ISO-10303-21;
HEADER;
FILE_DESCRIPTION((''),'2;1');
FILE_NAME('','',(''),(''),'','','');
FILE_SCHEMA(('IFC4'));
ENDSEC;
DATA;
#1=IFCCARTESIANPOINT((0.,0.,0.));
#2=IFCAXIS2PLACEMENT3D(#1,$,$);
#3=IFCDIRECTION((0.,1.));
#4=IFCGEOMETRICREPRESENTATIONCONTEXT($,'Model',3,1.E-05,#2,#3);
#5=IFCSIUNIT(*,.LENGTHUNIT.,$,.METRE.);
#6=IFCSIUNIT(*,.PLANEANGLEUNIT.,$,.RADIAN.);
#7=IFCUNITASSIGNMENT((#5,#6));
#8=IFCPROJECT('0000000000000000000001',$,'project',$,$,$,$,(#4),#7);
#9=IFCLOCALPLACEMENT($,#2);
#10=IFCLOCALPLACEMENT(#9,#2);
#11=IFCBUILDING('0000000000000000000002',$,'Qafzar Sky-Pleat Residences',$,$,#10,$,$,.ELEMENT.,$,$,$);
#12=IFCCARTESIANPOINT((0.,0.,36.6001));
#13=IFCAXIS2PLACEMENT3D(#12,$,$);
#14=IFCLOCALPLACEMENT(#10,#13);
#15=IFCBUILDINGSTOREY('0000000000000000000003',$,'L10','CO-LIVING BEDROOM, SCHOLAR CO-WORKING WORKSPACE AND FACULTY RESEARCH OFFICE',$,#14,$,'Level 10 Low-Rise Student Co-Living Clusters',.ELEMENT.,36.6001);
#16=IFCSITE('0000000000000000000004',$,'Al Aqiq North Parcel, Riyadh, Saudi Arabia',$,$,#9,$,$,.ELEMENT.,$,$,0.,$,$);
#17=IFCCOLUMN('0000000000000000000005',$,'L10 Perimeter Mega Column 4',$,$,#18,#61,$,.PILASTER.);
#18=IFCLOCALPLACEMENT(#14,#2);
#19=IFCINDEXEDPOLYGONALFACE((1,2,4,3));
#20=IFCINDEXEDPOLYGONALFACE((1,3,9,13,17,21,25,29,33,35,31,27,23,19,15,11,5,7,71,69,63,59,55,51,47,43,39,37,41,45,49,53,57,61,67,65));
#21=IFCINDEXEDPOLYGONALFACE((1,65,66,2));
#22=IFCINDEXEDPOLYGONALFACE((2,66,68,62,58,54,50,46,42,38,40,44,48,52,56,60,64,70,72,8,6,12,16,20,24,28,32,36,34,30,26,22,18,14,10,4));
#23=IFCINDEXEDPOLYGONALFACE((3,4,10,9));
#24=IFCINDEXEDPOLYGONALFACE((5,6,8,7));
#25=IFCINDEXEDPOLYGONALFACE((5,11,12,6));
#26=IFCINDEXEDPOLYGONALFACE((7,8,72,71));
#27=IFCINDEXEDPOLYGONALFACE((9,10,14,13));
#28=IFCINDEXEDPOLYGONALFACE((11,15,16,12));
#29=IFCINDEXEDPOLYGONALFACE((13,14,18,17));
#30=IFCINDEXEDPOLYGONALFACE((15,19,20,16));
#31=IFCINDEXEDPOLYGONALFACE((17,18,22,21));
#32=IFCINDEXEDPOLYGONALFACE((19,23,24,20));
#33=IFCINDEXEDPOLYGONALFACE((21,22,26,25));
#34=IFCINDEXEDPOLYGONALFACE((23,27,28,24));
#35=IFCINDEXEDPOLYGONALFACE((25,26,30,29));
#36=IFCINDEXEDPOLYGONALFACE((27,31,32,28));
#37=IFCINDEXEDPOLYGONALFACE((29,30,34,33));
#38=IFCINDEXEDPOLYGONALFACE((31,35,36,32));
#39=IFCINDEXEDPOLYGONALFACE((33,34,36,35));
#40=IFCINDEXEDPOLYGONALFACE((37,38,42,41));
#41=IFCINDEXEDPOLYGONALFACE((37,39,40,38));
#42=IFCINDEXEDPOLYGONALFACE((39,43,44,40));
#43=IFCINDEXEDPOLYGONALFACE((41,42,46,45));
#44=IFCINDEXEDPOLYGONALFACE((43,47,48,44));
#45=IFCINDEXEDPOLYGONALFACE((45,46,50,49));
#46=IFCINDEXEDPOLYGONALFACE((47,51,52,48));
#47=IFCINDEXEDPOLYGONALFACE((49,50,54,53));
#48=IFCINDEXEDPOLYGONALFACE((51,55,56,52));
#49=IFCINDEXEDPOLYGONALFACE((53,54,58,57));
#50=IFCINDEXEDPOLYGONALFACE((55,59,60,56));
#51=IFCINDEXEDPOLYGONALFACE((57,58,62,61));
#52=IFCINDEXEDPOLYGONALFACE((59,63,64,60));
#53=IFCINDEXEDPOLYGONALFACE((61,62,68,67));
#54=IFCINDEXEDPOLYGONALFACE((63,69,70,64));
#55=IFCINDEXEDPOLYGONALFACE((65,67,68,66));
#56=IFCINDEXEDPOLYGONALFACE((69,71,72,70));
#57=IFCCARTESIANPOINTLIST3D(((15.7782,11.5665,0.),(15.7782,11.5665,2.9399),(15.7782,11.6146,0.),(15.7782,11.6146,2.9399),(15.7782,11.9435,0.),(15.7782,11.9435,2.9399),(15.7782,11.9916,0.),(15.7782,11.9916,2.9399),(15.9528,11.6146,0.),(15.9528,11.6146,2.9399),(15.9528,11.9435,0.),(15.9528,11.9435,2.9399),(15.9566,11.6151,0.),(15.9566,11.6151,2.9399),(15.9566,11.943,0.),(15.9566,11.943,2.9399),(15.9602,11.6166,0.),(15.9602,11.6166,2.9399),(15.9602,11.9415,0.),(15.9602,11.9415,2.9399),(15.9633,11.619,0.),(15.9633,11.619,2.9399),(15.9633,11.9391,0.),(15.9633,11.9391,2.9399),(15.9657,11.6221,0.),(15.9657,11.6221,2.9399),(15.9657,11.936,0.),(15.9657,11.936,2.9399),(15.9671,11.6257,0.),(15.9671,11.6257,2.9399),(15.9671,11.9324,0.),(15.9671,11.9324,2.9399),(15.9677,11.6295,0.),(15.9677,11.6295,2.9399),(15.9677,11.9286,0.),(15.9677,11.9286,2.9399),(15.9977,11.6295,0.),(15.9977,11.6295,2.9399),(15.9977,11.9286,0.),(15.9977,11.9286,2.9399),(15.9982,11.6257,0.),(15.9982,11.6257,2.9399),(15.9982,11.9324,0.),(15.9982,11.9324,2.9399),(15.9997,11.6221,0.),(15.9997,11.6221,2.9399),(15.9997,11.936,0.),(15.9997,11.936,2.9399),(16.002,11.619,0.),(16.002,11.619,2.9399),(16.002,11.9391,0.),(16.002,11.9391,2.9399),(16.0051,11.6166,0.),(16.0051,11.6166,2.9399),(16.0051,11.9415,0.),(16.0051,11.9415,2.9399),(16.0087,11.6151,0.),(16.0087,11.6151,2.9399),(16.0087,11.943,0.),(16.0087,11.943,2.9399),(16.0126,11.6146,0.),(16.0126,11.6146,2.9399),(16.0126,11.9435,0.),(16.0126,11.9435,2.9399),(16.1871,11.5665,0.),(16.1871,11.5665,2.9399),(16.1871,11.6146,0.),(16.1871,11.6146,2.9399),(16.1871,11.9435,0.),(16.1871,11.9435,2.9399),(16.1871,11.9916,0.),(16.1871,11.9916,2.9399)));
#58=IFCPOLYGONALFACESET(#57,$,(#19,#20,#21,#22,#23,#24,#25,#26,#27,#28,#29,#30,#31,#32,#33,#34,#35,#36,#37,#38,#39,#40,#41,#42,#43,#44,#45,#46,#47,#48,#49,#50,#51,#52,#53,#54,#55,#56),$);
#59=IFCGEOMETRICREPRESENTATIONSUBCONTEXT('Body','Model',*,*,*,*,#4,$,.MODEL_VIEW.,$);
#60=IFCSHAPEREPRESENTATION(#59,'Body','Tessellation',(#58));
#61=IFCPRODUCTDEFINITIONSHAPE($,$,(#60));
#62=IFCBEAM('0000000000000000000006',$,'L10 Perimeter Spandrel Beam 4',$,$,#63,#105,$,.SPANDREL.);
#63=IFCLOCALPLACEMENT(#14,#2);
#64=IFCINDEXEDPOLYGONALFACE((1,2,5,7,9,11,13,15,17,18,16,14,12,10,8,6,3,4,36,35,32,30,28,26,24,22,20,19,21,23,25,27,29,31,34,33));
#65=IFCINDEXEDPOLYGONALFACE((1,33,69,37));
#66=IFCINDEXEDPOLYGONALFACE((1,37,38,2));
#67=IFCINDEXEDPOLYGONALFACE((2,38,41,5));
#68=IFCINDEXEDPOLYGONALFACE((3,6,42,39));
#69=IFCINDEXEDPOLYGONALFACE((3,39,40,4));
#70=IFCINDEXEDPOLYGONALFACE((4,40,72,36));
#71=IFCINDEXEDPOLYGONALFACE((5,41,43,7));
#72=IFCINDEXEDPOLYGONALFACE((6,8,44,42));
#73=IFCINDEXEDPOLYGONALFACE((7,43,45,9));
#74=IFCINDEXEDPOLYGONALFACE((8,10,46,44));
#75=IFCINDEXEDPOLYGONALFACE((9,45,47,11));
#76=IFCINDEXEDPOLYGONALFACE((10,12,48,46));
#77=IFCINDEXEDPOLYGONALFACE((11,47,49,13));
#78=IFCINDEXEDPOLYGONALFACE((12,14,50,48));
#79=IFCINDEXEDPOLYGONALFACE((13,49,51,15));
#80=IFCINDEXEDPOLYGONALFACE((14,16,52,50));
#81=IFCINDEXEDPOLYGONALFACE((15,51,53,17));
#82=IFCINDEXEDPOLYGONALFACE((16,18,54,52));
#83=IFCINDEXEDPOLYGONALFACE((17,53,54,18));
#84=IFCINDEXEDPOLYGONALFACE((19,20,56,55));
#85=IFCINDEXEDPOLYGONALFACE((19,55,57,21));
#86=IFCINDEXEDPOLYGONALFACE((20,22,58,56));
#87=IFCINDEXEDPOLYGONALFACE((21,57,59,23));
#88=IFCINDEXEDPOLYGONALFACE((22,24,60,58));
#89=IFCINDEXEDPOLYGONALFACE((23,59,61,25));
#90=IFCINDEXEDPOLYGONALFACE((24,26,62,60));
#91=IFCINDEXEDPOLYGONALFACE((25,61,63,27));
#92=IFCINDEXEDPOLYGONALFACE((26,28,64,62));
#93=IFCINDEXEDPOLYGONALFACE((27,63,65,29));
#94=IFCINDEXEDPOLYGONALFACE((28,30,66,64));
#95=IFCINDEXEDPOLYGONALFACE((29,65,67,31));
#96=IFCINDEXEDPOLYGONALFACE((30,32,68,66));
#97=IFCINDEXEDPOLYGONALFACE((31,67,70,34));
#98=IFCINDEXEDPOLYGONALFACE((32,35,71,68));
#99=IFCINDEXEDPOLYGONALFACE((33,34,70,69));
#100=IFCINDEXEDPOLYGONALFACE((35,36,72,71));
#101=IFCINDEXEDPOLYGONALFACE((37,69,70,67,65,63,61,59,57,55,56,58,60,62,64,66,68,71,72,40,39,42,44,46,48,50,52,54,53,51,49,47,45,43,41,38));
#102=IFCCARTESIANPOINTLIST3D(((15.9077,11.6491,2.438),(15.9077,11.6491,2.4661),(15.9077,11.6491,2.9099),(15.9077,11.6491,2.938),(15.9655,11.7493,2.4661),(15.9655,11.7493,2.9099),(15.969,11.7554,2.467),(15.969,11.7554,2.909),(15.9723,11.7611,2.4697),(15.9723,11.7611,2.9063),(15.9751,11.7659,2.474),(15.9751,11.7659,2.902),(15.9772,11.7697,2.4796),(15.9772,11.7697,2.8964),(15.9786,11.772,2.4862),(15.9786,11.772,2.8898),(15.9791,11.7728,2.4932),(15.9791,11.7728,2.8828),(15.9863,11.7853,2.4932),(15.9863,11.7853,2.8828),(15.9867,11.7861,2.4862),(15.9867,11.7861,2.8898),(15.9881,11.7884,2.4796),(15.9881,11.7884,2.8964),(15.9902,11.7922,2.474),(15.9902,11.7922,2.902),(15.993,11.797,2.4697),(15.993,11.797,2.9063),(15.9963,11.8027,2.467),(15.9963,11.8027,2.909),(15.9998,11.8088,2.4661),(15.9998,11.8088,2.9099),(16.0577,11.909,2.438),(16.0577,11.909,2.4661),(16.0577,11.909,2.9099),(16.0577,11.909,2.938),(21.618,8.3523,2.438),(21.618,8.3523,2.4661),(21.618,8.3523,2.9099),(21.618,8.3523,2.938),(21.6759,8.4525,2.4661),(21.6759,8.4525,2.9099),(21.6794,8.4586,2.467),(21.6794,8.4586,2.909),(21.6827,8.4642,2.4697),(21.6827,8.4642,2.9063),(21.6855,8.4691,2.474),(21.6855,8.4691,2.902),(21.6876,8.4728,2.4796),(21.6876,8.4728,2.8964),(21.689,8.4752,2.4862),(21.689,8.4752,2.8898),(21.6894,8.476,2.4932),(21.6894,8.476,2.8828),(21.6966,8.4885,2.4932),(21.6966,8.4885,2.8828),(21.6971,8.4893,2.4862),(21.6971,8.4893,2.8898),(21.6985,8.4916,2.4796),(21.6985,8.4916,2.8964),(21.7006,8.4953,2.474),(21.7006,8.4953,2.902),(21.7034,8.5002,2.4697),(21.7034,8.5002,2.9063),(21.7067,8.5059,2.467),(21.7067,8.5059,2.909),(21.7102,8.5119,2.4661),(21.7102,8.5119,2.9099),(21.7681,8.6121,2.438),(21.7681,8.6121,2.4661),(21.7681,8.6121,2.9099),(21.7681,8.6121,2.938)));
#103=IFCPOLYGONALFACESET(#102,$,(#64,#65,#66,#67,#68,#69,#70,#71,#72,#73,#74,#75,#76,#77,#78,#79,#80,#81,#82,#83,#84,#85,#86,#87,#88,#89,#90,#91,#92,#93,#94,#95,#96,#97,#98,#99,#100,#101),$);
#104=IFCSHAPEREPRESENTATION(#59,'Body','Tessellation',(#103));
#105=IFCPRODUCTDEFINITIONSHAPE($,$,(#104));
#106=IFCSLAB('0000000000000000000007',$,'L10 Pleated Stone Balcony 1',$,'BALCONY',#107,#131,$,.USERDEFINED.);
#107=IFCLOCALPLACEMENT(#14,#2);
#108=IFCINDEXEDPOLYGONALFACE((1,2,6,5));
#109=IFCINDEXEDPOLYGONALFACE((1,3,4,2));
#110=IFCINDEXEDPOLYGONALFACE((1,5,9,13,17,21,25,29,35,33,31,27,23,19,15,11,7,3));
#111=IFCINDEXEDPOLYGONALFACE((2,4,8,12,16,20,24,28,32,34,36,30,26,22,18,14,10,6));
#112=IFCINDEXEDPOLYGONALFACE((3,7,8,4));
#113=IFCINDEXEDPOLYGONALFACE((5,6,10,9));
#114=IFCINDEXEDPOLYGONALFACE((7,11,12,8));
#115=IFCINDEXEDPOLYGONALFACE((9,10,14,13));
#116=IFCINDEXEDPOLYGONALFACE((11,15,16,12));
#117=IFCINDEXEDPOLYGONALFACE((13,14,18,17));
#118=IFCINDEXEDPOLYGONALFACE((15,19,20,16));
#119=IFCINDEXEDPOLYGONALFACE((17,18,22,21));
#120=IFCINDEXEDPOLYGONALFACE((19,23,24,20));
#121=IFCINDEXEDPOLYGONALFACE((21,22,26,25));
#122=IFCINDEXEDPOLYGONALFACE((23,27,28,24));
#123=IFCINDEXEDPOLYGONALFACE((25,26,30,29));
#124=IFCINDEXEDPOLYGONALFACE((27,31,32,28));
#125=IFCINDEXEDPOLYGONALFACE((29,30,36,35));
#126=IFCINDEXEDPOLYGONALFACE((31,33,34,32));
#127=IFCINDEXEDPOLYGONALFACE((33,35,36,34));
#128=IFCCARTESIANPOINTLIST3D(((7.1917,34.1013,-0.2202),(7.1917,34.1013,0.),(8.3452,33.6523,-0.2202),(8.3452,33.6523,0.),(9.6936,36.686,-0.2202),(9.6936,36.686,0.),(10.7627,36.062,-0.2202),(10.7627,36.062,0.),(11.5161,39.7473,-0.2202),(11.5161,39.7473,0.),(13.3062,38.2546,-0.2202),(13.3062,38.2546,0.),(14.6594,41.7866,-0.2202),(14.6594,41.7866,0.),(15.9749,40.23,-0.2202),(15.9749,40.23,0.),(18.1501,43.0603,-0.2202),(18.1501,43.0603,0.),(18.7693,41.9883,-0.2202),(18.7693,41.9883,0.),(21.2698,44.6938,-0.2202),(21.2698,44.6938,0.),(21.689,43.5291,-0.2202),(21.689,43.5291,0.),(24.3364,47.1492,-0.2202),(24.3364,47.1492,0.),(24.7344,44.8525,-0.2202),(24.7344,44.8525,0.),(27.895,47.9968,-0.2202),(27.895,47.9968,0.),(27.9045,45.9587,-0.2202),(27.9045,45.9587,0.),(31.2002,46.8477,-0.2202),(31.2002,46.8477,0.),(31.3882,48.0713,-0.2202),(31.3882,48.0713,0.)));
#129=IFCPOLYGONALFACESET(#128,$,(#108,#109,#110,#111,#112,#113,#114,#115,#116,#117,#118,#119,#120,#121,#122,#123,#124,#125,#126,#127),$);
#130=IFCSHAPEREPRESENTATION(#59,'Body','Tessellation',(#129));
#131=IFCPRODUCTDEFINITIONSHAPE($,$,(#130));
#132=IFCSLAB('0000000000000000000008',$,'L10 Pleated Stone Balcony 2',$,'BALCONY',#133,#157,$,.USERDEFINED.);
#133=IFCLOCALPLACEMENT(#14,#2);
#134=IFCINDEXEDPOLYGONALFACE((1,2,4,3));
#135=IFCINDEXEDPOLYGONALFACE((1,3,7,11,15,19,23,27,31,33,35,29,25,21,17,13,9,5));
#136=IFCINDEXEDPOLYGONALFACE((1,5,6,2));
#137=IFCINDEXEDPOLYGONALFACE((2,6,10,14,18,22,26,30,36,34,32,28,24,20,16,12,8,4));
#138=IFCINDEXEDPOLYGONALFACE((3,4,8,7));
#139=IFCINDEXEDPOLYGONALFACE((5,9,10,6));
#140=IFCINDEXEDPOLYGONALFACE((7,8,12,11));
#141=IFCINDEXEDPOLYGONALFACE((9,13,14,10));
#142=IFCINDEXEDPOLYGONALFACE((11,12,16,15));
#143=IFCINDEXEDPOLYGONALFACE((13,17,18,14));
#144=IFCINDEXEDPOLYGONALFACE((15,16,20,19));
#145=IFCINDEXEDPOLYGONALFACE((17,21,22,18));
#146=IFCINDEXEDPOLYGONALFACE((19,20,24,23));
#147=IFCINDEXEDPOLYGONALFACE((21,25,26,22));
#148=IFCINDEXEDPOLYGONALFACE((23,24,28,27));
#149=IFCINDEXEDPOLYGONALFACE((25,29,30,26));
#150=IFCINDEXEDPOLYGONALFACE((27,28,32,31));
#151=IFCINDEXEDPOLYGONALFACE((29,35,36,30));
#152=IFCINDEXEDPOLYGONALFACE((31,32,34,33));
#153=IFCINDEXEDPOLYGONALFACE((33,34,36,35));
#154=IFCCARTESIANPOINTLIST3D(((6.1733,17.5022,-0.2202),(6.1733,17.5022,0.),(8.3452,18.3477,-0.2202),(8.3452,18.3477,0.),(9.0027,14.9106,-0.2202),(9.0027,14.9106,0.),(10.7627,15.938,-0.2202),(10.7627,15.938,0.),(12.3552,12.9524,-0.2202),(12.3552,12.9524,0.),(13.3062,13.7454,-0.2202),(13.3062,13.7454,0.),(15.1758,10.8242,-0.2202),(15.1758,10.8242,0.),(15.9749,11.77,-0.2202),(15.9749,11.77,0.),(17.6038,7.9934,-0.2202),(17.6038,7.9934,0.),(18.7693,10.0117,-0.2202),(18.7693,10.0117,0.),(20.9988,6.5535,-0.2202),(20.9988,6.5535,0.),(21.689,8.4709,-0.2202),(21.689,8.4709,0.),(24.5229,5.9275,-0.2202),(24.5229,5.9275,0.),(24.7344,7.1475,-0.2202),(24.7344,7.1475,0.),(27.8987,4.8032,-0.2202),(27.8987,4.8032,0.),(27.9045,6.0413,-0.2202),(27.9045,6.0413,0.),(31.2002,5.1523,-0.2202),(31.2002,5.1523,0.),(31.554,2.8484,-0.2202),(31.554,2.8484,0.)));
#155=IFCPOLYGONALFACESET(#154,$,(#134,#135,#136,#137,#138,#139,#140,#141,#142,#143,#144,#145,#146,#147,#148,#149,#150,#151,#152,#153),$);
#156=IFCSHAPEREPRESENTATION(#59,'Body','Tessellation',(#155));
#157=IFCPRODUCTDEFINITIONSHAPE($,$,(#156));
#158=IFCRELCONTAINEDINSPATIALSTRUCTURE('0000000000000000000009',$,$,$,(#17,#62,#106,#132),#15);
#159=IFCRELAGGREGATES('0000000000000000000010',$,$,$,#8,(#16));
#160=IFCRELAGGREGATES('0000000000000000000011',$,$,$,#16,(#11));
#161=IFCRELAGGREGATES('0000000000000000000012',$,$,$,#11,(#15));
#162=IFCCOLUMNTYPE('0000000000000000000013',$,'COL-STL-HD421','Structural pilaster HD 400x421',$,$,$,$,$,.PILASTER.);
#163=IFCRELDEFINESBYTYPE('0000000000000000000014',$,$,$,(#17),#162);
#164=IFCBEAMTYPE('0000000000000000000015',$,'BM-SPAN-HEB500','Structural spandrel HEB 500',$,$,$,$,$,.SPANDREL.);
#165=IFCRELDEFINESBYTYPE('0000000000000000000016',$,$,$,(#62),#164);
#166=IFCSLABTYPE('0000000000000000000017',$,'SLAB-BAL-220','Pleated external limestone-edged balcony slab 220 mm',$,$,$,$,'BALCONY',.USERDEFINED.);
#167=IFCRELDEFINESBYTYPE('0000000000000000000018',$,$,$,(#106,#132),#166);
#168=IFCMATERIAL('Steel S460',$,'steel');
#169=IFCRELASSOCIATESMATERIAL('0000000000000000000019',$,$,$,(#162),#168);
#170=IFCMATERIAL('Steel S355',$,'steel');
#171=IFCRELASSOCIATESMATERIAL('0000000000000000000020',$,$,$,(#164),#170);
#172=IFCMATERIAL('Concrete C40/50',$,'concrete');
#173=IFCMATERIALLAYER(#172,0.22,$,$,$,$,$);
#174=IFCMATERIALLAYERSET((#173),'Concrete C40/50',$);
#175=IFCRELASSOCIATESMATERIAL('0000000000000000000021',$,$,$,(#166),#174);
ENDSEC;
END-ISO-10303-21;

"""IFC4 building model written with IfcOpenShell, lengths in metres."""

from ifc_helpers import new_model, si_unit, direction, frame, origin, origin_2d, place, context, subcontext, project, spatial, polyline, i_section, outline, extrude, source, transform, mapped, material, layer, layer_set, material_profile, profile_set, type_object, element, save


model = new_model("IFC4")

# Units and contexts
model_context = context("Model", 3, precision=1e-05, world=origin(), true_north=direction((0.0, 1.0)))
body_context = subcontext(model_context, "Body", "Model", "MODEL_VIEW")
ifc_project = project(units=[si_unit("LENGTHUNIT", "METRE"), si_unit("PLANEANGLEUNIT", "RADIAN")], contexts=[model_context])

# Site, building, storey
site_placement = place(None, origin())
site = spatial("IfcSite", under=ifc_project, at=site_placement, Name="Al Aqiq North Parcel, Riyadh, Saudi Arabia", CompositionType="ELEMENT", RefElevation=0.0)
building_placement = place(site_placement, origin())
building = spatial("IfcBuilding", under=site, at=building_placement, Name="Qafzar Sky-Pleat Residences", CompositionType="ELEMENT")
storey_placement = place(building_placement, frame((0.0, 0.0, 36.6001)))
storey = spatial("IfcBuildingStorey", under=building, at=storey_placement, Name="L10", Description="CO-LIVING BEDROOM, SCHOLAR CO-WORKING WORKSPACE AND FACULTY RESEARCH OFFICE", LongName="Level 10 Low-Rise Student Co-Living Clusters", CompositionType="ELEMENT", Elevation=36.6001)

# Column
ifc_material_1 = material(Name="Steel S460", Category="steel")
ifc_material_profile_1 = material_profile(ifc_material_1, i_section(OverallWidth=0.4089, OverallDepth=0.425, WebThickness=0.03, FlangeThickness=0.0481, FilletRadius=0.0149, at=origin_2d()), Name="HD 400x421")
ifc_profile_set_1 = profile_set([ifc_material_profile_1], Name="Steel S460")
column_type = type_object("IfcColumnType", Name="COL-STL-HD421", Description="Structural pilaster HD 400x421", PredefinedType="PILASTER", material=ifc_profile_set_1)
shared_shape_1 = source(origin(), body_context, "Body", "SweptSolid", [
    extrude(i_section(OverallWidth=0.4089, OverallDepth=0.425, WebThickness=0.03, FlangeThickness=0.0481, FilletRadius=0.0149, at=origin_2d()), origin(), (0.0, 0.0, 1.0), 2.9399),
])
column_placement = place(storey_placement, frame((15.9827, 11.7791, 0.0), z_axis=(0.0, 0.0, 1.0), x_axis=(1.0, 0.0, 0.0)))
element("IfcColumn", 1, at=column_placement, inside=storey, type_object=column_type, Name="L10 Perimeter Mega Column 4", PredefinedType="PILASTER", context=body_context, shape_type="MappedRepresentation", body=[
    mapped(shared_shape_1, transform((0.0, 0.0, 0.0), x_axis=(1.0, 0.0, 0.0), y_axis=(0.0, 1.0, 0.0), z_axis=(0.0, 0.0, 1.0), scale=1.0)),
])

# Beam
ifc_material_2 = material(Name="Steel S355", Category="steel")
ifc_material_profile_2 = material_profile(ifc_material_2, i_section(OverallWidth=0.3, OverallDepth=0.5, WebThickness=0.0144, FlangeThickness=0.0281, FilletRadius=0.0271, at=origin_2d()), Name="HEB 500")
ifc_profile_set_2 = profile_set([ifc_material_profile_2], Name="Steel S355")
beam_type = type_object("IfcBeamType", Name="BM-SPAN-HEB500", Description="Structural spandrel HEB 500", PredefinedType="SPANDREL", material=ifc_profile_set_2)
shared_shape_2 = source(origin(), body_context, "Body", "SweptSolid", [
    extrude(i_section(OverallWidth=0.3, OverallDepth=0.5, WebThickness=0.0144, FlangeThickness=0.0281, FilletRadius=0.0271, at=origin_2d()), origin(), (0.0, 0.0, 1.0), 6.5938),
])
beam_placement = place(storey_placement, frame((15.9827, 11.7791, 2.688), z_axis=(0.866029, -0.499994, 0.0), x_axis=(0.499994, 0.866029, 0.0)))
element("IfcBeam", 2, at=beam_placement, inside=storey, type_object=beam_type, Name="L10 Perimeter Spandrel Beam 4", PredefinedType="SPANDREL", context=body_context, shape_type="MappedRepresentation", body=[
    mapped(shared_shape_2, transform((0.0, 0.0, 0.0), x_axis=(1.0, 0.0, 0.0), y_axis=(0.0, 1.0, 0.0), z_axis=(0.0, 0.0, 1.0), scale=1.0)),
])

# Slabs
ifc_material_3 = material(Name="Concrete C40/50", Category="concrete")
ifc_layer_1 = layer(ifc_material_3, 0.22)
ifc_layer_set_1 = layer_set([ifc_layer_1], Name="Concrete C40/50")
slab_type_1 = type_object("IfcSlabType", Name="SLAB-BAL-220", Description="Pleated external limestone-edged balcony slab 220 mm", ElementType="BALCONY", PredefinedType="USERDEFINED", material=ifc_layer_set_1)
slab_1_placement = place(storey_placement, frame((0.0, 0.0, -0.2202)))
element("IfcSlab", 3, at=slab_1_placement, inside=storey, type_object=slab_type_1, Name="L10 Pleated Stone Balcony 1", ObjectType="BALCONY", PredefinedType="USERDEFINED", context=body_context, shape_type="SweptSolid", body=[
    extrude(outline(polyline([(27.9045, 45.9587), (24.7344, 44.8525), (21.689, 43.5291), (18.7693, 41.9883), (15.9749, 40.23), (13.3062, 38.2546), (10.7627, 36.062), (8.3452, 33.6523), (7.1917, 34.1013), (9.6936, 36.686), (11.5161, 39.7473), (14.6594, 41.7866), (18.1501, 43.0603), (21.2698, 44.6938), (24.3364, 47.1492), (27.895, 47.9968), (31.3882, 48.0713), (31.2002, 46.8477), (27.9045, 45.9587)])), origin(), (0.0, 0.0, 1.0), 0.2202),
])
slab_2_placement = place(storey_placement, frame((0.0, 0.0, -0.2202)))
element("IfcSlab", 4, at=slab_2_placement, inside=storey, type_object=slab_type_1, Name="L10 Pleated Stone Balcony 2", ObjectType="BALCONY", PredefinedType="USERDEFINED", context=body_context, shape_type="SweptSolid", body=[
    extrude(outline(polyline([(10.7627, 15.938), (13.3062, 13.7454), (15.9749, 11.77), (18.7693, 10.0117), (21.689, 8.4709), (24.7344, 7.1475), (27.9045, 6.0413), (31.2002, 5.1523), (31.554, 2.8484), (27.8987, 4.8032), (24.5229, 5.9275), (20.9988, 6.5535), (17.6038, 7.9934), (15.1758, 10.8242), (12.3552, 12.9524), (9.0027, 14.9106), (6.1733, 17.5022), (8.3452, 18.3477), (10.7627, 15.938)])), origin(), (0.0, 0.0, 1.0), 0.2202),
])

save(model, "model.ifc")
